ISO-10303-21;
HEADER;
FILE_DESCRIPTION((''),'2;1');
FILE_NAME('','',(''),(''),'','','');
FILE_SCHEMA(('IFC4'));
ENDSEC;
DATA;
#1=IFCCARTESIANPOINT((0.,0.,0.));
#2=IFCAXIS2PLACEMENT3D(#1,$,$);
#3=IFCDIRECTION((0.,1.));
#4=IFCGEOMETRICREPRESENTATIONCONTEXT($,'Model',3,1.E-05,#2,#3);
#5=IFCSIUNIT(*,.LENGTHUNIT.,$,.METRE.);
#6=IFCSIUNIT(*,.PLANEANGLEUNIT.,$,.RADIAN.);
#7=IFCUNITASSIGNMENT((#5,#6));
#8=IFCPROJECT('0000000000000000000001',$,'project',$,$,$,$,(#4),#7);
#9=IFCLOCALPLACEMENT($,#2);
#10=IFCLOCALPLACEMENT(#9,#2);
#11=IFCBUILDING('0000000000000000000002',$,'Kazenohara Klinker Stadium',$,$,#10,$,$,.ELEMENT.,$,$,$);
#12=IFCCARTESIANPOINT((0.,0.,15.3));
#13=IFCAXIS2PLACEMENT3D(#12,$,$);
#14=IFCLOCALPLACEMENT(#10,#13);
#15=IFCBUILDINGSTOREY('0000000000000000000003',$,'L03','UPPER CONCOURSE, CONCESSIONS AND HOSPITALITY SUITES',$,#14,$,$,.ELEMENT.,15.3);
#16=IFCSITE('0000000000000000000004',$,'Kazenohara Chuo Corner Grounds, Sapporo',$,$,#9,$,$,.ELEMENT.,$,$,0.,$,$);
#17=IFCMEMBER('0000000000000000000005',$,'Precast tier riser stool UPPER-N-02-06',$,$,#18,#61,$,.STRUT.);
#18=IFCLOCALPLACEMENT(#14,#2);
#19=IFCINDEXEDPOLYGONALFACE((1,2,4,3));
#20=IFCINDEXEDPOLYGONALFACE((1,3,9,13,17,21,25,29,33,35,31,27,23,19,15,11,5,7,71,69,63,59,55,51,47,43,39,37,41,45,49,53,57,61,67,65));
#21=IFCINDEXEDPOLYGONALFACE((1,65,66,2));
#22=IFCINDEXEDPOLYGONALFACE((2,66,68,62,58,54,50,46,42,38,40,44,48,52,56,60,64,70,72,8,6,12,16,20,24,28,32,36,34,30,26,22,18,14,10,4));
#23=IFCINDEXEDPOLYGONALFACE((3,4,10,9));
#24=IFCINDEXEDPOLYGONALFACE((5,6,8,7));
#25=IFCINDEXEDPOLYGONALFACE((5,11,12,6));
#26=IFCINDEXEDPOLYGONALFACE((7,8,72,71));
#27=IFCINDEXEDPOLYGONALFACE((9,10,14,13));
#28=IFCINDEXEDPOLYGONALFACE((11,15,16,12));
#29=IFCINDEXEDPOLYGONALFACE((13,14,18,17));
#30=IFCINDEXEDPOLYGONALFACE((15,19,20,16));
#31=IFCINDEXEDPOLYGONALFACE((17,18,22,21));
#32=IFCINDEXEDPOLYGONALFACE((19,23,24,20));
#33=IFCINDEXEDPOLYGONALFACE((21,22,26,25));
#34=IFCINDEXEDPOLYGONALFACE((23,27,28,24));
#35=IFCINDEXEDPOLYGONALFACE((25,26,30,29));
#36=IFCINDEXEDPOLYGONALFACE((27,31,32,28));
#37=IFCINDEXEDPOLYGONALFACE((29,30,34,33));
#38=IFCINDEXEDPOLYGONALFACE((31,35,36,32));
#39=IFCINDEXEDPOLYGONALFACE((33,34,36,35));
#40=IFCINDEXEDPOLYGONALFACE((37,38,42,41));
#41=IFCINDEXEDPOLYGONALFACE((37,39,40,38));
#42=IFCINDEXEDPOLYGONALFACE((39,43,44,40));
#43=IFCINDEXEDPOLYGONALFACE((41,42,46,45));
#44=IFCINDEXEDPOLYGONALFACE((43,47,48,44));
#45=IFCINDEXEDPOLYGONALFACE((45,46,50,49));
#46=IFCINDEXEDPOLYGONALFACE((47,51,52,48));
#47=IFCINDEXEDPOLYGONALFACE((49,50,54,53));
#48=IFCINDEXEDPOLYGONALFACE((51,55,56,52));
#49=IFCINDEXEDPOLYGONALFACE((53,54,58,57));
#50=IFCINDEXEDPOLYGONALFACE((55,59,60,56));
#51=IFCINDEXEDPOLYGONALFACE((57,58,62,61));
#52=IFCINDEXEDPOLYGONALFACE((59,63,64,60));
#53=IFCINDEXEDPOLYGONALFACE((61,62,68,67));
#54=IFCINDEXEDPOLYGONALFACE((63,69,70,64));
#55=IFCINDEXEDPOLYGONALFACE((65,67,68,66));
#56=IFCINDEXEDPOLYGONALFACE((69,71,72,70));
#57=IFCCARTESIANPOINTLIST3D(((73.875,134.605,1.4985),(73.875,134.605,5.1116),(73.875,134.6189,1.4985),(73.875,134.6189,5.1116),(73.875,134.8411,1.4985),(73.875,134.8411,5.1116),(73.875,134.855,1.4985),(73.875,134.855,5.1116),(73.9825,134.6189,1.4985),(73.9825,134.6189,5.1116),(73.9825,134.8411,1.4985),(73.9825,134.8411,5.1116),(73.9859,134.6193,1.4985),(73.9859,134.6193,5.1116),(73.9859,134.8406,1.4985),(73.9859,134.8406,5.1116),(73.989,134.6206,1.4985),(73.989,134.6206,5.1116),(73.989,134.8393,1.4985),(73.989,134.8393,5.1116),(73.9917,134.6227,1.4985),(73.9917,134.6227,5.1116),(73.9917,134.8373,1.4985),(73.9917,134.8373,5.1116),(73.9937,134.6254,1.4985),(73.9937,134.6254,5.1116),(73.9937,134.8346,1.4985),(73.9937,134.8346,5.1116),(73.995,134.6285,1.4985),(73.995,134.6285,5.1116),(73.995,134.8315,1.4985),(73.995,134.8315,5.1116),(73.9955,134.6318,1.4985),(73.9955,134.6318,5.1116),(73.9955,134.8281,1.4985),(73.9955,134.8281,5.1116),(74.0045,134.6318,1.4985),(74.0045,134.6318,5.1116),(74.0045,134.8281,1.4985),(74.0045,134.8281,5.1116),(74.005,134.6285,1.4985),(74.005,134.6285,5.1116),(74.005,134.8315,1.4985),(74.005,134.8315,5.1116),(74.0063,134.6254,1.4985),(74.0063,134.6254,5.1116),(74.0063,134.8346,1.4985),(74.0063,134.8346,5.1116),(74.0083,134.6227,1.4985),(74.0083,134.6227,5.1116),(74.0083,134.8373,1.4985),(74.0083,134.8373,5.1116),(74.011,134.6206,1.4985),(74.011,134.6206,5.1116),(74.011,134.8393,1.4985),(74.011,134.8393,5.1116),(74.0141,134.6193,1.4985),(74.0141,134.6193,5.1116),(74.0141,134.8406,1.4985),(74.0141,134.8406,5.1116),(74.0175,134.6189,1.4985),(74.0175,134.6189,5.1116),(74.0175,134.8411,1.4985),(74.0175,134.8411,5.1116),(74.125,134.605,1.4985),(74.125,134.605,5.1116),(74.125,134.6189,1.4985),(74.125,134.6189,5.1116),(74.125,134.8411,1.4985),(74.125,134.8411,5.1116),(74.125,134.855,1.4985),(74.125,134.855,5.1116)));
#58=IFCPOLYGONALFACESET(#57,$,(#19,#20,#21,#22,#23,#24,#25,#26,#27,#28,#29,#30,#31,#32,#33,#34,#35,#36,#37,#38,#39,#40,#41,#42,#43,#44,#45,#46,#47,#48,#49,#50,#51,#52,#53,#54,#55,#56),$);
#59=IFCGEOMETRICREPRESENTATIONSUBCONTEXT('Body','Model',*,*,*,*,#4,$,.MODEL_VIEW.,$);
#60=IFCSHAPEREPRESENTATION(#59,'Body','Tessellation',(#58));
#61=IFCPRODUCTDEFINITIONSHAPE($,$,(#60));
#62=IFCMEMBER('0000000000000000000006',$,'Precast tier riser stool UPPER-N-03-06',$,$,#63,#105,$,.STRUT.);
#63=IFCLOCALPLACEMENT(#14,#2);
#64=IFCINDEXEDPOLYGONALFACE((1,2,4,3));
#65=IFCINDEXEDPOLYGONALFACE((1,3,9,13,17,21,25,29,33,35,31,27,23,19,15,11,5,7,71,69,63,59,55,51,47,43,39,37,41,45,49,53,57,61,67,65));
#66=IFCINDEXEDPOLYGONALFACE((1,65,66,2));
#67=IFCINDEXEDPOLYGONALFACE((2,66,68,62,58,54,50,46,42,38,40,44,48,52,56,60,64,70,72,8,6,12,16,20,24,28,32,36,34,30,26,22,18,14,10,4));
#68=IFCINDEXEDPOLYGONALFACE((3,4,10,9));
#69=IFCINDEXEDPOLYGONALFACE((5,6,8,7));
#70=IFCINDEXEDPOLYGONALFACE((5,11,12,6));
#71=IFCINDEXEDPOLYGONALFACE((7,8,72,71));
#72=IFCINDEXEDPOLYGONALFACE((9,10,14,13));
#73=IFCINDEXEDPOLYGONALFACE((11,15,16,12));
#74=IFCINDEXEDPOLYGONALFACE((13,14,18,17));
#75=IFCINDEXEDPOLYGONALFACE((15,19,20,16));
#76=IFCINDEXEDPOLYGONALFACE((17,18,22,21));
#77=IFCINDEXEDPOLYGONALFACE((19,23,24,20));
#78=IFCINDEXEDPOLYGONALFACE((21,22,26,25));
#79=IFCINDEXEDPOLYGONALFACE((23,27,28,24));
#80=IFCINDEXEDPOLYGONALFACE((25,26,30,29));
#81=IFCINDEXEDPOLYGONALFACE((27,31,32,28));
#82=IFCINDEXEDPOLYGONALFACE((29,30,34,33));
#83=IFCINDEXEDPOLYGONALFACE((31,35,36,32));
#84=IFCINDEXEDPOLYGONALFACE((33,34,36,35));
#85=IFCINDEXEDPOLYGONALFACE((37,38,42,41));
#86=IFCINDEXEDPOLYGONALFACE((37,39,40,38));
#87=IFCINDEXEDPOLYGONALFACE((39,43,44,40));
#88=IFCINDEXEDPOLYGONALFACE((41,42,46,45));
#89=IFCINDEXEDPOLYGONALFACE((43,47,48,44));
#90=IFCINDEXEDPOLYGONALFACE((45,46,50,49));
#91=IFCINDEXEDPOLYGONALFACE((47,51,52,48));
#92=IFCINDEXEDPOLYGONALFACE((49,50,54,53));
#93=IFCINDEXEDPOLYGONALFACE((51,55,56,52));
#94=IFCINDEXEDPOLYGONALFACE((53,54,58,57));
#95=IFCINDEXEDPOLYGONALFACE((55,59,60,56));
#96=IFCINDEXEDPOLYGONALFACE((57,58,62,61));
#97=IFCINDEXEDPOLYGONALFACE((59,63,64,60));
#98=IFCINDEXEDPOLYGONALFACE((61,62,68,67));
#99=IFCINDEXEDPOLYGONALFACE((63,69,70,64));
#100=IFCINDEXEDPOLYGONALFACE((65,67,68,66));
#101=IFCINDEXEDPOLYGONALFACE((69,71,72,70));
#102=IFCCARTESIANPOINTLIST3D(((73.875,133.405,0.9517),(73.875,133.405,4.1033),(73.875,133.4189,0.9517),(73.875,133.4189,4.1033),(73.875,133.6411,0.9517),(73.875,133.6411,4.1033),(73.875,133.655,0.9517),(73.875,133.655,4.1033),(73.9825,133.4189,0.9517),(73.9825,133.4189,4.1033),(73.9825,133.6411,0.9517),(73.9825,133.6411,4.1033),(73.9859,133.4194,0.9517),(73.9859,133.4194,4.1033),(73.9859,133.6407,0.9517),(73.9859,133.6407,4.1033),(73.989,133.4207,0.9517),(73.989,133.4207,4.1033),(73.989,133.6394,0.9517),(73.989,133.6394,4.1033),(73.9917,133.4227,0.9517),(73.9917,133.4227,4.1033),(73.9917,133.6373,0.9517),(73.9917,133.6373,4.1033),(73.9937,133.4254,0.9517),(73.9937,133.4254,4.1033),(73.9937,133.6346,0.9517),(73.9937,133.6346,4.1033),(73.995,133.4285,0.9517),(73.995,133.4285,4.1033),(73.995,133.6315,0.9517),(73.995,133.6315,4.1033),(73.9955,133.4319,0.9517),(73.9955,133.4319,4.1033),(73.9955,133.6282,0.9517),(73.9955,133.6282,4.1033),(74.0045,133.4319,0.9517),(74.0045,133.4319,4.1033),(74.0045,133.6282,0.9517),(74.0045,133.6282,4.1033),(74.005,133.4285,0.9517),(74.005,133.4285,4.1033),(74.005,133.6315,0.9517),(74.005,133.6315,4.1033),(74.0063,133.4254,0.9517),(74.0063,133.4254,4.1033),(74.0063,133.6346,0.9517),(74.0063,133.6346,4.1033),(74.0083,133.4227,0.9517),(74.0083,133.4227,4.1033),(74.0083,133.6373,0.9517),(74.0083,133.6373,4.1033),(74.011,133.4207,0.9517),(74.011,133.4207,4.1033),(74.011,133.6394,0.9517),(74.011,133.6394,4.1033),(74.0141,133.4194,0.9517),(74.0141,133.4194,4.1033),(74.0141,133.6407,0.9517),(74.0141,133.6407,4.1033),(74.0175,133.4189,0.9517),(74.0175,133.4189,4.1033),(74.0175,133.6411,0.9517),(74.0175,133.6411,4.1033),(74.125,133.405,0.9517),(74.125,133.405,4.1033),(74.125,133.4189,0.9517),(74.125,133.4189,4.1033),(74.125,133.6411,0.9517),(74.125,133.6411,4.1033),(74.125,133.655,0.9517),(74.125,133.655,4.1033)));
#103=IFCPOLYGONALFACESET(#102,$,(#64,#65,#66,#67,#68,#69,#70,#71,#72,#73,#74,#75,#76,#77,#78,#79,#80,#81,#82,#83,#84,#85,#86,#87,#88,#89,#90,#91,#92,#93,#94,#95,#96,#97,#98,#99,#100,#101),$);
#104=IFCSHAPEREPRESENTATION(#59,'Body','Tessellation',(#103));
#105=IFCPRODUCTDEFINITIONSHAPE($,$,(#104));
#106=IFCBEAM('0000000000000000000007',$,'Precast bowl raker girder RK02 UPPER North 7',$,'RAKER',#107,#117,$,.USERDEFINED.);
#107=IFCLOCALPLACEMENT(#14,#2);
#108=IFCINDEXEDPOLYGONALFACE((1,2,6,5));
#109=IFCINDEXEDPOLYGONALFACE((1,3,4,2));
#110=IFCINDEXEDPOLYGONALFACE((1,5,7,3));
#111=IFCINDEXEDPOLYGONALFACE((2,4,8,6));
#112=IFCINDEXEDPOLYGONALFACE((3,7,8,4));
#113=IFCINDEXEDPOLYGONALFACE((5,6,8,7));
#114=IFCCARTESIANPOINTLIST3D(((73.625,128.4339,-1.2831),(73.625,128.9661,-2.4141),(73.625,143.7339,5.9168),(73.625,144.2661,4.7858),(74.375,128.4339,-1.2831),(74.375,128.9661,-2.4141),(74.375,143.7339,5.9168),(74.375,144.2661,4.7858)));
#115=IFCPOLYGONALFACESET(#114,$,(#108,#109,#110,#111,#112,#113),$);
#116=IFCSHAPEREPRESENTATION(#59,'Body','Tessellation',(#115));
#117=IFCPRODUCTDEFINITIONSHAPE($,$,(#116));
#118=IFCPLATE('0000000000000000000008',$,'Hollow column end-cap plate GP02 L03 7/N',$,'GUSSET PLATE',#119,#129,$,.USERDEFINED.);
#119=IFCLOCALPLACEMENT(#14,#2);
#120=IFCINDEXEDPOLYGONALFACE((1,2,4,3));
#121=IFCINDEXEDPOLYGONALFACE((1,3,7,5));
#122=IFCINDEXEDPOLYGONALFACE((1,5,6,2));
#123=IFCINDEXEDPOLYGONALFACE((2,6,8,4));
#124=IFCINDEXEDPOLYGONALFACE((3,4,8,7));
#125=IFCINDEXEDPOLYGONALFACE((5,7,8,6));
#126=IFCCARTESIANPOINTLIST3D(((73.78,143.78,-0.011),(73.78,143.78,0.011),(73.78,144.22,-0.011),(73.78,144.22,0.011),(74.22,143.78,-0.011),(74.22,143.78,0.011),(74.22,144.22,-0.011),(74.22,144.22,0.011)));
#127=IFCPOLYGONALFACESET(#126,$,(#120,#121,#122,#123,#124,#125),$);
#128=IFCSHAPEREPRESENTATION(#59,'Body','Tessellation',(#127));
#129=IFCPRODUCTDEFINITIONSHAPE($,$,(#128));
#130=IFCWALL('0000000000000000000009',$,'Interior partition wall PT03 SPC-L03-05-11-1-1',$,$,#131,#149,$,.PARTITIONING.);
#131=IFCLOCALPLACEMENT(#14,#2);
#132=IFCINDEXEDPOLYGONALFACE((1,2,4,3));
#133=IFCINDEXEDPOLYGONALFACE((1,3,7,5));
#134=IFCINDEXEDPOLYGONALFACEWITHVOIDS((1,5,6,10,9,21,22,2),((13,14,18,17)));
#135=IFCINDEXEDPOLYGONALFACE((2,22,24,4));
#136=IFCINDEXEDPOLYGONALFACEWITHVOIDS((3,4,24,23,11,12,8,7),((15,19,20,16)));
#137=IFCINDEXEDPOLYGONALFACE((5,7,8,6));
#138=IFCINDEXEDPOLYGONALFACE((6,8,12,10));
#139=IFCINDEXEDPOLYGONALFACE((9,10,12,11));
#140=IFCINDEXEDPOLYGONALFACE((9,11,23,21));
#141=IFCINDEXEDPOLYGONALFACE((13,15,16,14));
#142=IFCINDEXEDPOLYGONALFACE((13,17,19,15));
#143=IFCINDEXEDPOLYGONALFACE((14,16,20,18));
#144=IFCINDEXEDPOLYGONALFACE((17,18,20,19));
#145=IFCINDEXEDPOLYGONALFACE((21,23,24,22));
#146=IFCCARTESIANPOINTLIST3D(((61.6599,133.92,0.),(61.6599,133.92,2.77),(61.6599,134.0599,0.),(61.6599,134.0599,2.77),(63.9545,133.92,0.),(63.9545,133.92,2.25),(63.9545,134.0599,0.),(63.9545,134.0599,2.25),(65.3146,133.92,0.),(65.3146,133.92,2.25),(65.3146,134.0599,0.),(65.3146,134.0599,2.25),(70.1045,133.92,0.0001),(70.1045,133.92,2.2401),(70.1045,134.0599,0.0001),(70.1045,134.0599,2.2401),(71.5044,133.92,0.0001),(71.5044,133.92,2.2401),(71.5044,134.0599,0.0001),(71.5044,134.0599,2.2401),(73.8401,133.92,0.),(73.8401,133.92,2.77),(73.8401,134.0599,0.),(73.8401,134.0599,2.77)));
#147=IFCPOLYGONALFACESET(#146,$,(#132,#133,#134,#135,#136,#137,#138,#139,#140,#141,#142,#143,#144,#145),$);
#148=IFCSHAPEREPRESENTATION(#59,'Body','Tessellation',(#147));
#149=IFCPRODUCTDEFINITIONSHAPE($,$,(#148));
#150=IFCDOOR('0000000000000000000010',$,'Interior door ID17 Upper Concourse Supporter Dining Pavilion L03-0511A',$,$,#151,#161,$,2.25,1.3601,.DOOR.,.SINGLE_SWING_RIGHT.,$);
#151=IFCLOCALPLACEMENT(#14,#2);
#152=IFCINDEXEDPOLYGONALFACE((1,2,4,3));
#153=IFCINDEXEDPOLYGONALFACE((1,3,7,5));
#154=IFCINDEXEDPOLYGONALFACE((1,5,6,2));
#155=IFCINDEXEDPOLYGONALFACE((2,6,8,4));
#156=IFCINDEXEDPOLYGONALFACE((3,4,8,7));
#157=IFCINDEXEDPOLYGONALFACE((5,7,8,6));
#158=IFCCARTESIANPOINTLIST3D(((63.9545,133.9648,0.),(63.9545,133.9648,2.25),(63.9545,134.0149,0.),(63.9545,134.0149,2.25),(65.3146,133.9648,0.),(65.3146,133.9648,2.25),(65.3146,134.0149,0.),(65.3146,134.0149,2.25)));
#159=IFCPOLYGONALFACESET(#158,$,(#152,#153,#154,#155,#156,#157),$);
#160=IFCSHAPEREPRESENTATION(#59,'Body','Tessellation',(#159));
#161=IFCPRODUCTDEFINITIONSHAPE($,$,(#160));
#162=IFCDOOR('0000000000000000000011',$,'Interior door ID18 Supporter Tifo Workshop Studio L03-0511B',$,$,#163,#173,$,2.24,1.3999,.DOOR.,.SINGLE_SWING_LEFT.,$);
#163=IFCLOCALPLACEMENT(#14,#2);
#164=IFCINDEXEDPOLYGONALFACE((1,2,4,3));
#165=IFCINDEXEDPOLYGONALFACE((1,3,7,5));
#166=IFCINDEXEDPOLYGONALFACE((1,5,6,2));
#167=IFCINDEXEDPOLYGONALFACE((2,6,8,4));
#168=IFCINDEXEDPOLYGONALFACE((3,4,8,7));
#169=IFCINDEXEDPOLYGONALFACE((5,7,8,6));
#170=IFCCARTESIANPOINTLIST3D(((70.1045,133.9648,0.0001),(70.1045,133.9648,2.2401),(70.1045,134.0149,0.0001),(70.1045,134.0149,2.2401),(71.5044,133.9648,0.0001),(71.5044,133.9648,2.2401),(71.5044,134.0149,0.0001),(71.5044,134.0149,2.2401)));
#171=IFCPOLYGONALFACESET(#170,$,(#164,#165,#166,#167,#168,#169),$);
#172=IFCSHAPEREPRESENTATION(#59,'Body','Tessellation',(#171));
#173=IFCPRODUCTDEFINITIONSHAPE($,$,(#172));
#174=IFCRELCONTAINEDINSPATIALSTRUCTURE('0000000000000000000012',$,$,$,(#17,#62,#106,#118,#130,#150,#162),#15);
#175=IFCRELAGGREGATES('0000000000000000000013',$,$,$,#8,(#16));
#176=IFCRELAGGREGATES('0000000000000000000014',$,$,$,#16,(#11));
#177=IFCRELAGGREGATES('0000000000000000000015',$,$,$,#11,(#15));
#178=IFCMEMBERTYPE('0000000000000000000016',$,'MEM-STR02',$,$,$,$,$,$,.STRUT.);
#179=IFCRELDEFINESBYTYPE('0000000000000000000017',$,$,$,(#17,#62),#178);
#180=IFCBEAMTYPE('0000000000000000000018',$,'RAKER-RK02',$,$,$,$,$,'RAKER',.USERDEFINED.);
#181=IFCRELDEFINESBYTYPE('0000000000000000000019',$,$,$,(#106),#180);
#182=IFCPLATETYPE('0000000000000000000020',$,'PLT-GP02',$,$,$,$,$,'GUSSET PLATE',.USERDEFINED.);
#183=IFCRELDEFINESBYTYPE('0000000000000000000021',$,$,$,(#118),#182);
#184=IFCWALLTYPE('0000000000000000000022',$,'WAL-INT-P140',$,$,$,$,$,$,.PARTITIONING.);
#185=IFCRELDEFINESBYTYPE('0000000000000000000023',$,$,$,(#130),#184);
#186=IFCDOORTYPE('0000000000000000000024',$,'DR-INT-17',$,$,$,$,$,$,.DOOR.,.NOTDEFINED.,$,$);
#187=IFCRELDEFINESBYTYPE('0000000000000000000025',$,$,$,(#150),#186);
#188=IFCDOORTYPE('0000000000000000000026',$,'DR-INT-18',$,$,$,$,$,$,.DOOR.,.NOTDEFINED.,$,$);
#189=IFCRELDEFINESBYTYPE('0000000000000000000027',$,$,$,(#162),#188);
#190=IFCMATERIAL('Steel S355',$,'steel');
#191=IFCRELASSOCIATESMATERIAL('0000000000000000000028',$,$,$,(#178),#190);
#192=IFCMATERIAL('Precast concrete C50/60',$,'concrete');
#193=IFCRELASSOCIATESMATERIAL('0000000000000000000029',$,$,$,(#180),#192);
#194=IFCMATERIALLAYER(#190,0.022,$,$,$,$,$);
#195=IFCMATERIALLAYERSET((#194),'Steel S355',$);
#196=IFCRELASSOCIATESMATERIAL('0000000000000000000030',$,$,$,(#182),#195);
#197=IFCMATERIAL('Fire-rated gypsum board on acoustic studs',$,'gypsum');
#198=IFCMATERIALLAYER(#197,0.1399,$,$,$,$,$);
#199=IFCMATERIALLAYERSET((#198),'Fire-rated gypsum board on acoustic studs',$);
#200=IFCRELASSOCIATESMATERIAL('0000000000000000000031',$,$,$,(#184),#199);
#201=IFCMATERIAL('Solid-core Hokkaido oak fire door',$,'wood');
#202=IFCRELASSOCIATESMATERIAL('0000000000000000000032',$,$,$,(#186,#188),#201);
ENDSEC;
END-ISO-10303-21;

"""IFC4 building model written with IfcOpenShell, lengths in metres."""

from ifc_helpers import new_model, si_unit, direction, frame, frame_2d, origin, origin_2d, place, context, subcontext, project, spatial, rectangle, i_section, extrude, material, layer, layer_set, material_profile, profile_set, type_object, element, fill, save


model = new_model("IFC4")

# Units and contexts
model_context = context("Model", 3, precision=1e-05, world=origin(), true_north=direction((0.0, 1.0)))
body_context = subcontext(model_context, "Body", "Model", "MODEL_VIEW")
ifc_project = project(units=[si_unit("LENGTHUNIT", "METRE"), si_unit("PLANEANGLEUNIT", "RADIAN")], contexts=[model_context])

# Site, building, storey
site_placement = place(None, origin())
site = spatial("IfcSite", under=ifc_project, at=site_placement, Name="Kazenohara Chuo Corner Grounds, Sapporo", CompositionType="ELEMENT", RefElevation=0.0)
building_placement = place(site_placement, origin())
building = spatial("IfcBuilding", under=site, at=building_placement, Name="Kazenohara Klinker Stadium", CompositionType="ELEMENT")
storey_placement = place(building_placement, frame((0.0, 0.0, 15.3)))
storey = spatial("IfcBuildingStorey", under=building, at=storey_placement, Name="L03", Description="UPPER CONCOURSE, CONCESSIONS AND HOSPITALITY SUITES", CompositionType="ELEMENT", Elevation=15.3)

# Shared definitions
ifc_material_1 = material(Name="Steel S355", Category="steel")

# Members
ifc_material_profile_1 = material_profile(ifc_material_1, i_section(OverallWidth=0.25, OverallDepth=0.25, WebThickness=0.009, FlangeThickness=0.0139, FilletRadius=0.0129, at=origin_2d()), Name="H-250x250x9x14")
ifc_profile_set_1 = profile_set([ifc_material_profile_1], Name="Steel S355")
member_type = type_object("IfcMemberType", Name="MEM-STR02", PredefinedType="STRUT", material=ifc_profile_set_1)
member_1_placement = place(storey_placement, frame((74.0, 134.73, 1.4985), z_axis=(0.0, 0.0, 1.0), x_axis=(1.0, 0.0, 0.0)))
element("IfcMember", 1, at=member_1_placement, inside=storey, type_object=member_type, Name="Precast tier riser stool UPPER-N-02-06", PredefinedType="STRUT", context=body_context, shape_type="SweptSolid", body=[
    extrude(i_section(OverallWidth=0.25, OverallDepth=0.25, WebThickness=0.009, FlangeThickness=0.0139, FilletRadius=0.0129, at=origin_2d()), origin(), (0.0, 0.0, 1.0), 3.613),
])
member_2_placement = place(storey_placement, frame((74.0, 133.53, 0.9517), z_axis=(0.0, 0.0, 1.0), x_axis=(1.0, 0.0, 0.0)))
element("IfcMember", 2, at=member_2_placement, inside=storey, type_object=member_type, Name="Precast tier riser stool UPPER-N-03-06", PredefinedType="STRUT", context=body_context, shape_type="SweptSolid", body=[
    extrude(i_section(OverallWidth=0.25, OverallDepth=0.25, WebThickness=0.009, FlangeThickness=0.0139, FilletRadius=0.0129, at=origin_2d()), origin(), (0.0, 0.0, 1.0), 3.1516),
])

# Beam
ifc_material_2 = material(Name="Precast concrete C50/60", Category="concrete")
ifc_material_profile_2 = material_profile(ifc_material_2, rectangle(XDim=0.75, YDim=1.25, at=origin_2d()), Name="PC-RAKER-750x1250")
ifc_profile_set_2 = profile_set([ifc_material_profile_2], Name="Precast concrete C50/60")
beam_type_1 = type_object("IfcBeamType", Name="RAKER-RK02", ElementType="RAKER", PredefinedType="USERDEFINED", material=ifc_profile_set_2)
beam_1_placement = place(storey_placement, frame((74.0, 144.0, 5.3513), z_axis=(0.0, -0.90482, -0.425794), x_axis=(1.0, 0.0, 0.0)))
element("IfcBeam", 3, at=beam_1_placement, inside=storey, type_object=beam_type_1, Name="Precast bowl raker girder RK02 UPPER North 7", ObjectType="RAKER", PredefinedType="USERDEFINED", context=body_context, shape_type="SweptSolid", body=[
    extrude(rectangle(XDim=0.75, YDim=1.25, at=origin_2d()), origin(), (0.0, 0.0, 1.0), 16.9094),
])

# Plate
ifc_layer_1 = layer(ifc_material_1, 0.022)
ifc_layer_set_1 = layer_set([ifc_layer_1], Name="Steel S355")
plate_type = type_object("IfcPlateType", Name="PLT-GP02", ElementType="GUSSET PLATE", PredefinedType="USERDEFINED", material=ifc_layer_set_1)
plate_placement = place(storey_placement, frame((74.0, 144.0, -0.011), z_axis=(0.0, 0.0, 1.0), x_axis=(1.0, 0.0, 0.0)))
element("IfcPlate", 4, at=plate_placement, inside=storey, type_object=plate_type, Name="Hollow column end-cap plate GP02 L03 7/N", ObjectType="GUSSET PLATE", PredefinedType="USERDEFINED", context=body_context, shape_type="SweptSolid", body=[
    extrude(rectangle(XDim=0.4399, YDim=0.4399, at=origin_2d()), origin(), (0.0, 0.0, 1.0), 0.022),
])

# Wall, openings, doors
ifc_material_3 = material(Name="Fire-rated gypsum board on acoustic studs", Category="gypsum")
ifc_layer_2 = layer(ifc_material_3, 0.1399)
ifc_layer_set_2 = layer_set([ifc_layer_2], Name="Fire-rated gypsum board on acoustic studs")
wall_type_1 = type_object("IfcWallType", Name="WAL-INT-P140", PredefinedType="PARTITIONING", material=ifc_layer_set_2)
wall_1_placement = place(storey_placement, frame((61.6599, 133.99, 0.0), z_axis=(0.0, 0.0, 1.0), x_axis=(1.0, 0.0, 0.0)))
wall_1 = element("IfcWall", 5, at=wall_1_placement, inside=storey, type_object=wall_type_1, Name="Interior partition wall PT03 SPC-L03-05-11-1-1", PredefinedType="PARTITIONING", context=body_context, shape_type="SweptSolid", body=[
    extrude(rectangle(XDim=12.1802, YDim=0.1399, at=frame_2d((6.0901, 0.0))), origin(), (0.0, 0.0, 1.0), 2.77),
])
opening_1_placement = place(wall_1_placement, frame((2.2944, 0.0, 0.0)))
opening_1 = element("IfcOpeningElement", 6, at=opening_1_placement, cuts=wall_1, PredefinedType="OPENING", context=body_context, shape_type="SweptSolid", body=[
    extrude(rectangle(XDim=1.3601, YDim=2.25, at=frame_2d((0.6802, 1.125))), frame((0.0, 0.0801, 0.0), z_axis=(0.0, -1.0, 0.0), x_axis=(1.0, 0.0, 0.0)), (0.0, 0.0, 1.0), 0.1599),
])
opening_2_placement = place(wall_1_placement, frame((8.4446, 0.0, 0.0)))
opening_2 = element("IfcOpeningElement", 7, at=opening_2_placement, cuts=wall_1, PredefinedType="OPENING", context=body_context, shape_type="SweptSolid", body=[
    extrude(rectangle(XDim=1.3999, YDim=2.24, at=frame_2d((0.7, 1.1201))), frame((0.0, 0.0801, 0.0), z_axis=(0.0, -1.0, 0.0), x_axis=(1.0, 0.0, 0.0)), (0.0, 0.0, 1.0), 0.1599),
])
ifc_material_4 = material(Name="Solid-core Hokkaido oak fire door", Category="wood")
door_type_1 = type_object("IfcDoorType", Name="DR-INT-17", OperationType="NOTDEFINED", PredefinedType="DOOR", material=ifc_material_4)
door_1_placement = place(opening_1_placement, origin())
door_1 = element("IfcDoor", 8, at=door_1_placement, inside=storey, type_object=door_type_1, Name="Interior door ID17 Upper Concourse Supporter Dining Pavilion L03-0511A", OperationType="SINGLE_SWING_RIGHT", OverallHeight=2.25, OverallWidth=1.3601, PredefinedType="DOOR", context=body_context, shape_type="SweptSolid", body=[
    extrude(rectangle(XDim=1.3601, YDim=2.25, at=frame_2d((0.6802, 1.125))), frame((0.0, 0.0249, 0.0), z_axis=(0.0, -1.0, 0.0), x_axis=(1.0, 0.0, 0.0)), (0.0, 0.0, 1.0), 0.05),
])
fill(opening_1, door_1)
door_type_2 = type_object("IfcDoorType", Name="DR-INT-18", OperationType="NOTDEFINED", PredefinedType="DOOR", material=ifc_material_4)
door_2_placement = place(opening_2_placement, origin())
door_2 = element("IfcDoor", 9, at=door_2_placement, inside=storey, type_object=door_type_2, Name="Interior door ID18 Supporter Tifo Workshop Studio L03-0511B", OperationType="SINGLE_SWING_LEFT", OverallHeight=2.24, OverallWidth=1.3999, PredefinedType="DOOR", context=body_context, shape_type="SweptSolid", body=[
    extrude(rectangle(XDim=1.3999, YDim=2.24, at=frame_2d((0.7, 1.1201))), frame((0.0, 0.0249, 0.0), z_axis=(0.0, -1.0, 0.0), x_axis=(1.0, 0.0, 0.0)), (0.0, 0.0, 1.0), 0.05),
])
fill(opening_2, door_2)

save(model, "model.ifc")
